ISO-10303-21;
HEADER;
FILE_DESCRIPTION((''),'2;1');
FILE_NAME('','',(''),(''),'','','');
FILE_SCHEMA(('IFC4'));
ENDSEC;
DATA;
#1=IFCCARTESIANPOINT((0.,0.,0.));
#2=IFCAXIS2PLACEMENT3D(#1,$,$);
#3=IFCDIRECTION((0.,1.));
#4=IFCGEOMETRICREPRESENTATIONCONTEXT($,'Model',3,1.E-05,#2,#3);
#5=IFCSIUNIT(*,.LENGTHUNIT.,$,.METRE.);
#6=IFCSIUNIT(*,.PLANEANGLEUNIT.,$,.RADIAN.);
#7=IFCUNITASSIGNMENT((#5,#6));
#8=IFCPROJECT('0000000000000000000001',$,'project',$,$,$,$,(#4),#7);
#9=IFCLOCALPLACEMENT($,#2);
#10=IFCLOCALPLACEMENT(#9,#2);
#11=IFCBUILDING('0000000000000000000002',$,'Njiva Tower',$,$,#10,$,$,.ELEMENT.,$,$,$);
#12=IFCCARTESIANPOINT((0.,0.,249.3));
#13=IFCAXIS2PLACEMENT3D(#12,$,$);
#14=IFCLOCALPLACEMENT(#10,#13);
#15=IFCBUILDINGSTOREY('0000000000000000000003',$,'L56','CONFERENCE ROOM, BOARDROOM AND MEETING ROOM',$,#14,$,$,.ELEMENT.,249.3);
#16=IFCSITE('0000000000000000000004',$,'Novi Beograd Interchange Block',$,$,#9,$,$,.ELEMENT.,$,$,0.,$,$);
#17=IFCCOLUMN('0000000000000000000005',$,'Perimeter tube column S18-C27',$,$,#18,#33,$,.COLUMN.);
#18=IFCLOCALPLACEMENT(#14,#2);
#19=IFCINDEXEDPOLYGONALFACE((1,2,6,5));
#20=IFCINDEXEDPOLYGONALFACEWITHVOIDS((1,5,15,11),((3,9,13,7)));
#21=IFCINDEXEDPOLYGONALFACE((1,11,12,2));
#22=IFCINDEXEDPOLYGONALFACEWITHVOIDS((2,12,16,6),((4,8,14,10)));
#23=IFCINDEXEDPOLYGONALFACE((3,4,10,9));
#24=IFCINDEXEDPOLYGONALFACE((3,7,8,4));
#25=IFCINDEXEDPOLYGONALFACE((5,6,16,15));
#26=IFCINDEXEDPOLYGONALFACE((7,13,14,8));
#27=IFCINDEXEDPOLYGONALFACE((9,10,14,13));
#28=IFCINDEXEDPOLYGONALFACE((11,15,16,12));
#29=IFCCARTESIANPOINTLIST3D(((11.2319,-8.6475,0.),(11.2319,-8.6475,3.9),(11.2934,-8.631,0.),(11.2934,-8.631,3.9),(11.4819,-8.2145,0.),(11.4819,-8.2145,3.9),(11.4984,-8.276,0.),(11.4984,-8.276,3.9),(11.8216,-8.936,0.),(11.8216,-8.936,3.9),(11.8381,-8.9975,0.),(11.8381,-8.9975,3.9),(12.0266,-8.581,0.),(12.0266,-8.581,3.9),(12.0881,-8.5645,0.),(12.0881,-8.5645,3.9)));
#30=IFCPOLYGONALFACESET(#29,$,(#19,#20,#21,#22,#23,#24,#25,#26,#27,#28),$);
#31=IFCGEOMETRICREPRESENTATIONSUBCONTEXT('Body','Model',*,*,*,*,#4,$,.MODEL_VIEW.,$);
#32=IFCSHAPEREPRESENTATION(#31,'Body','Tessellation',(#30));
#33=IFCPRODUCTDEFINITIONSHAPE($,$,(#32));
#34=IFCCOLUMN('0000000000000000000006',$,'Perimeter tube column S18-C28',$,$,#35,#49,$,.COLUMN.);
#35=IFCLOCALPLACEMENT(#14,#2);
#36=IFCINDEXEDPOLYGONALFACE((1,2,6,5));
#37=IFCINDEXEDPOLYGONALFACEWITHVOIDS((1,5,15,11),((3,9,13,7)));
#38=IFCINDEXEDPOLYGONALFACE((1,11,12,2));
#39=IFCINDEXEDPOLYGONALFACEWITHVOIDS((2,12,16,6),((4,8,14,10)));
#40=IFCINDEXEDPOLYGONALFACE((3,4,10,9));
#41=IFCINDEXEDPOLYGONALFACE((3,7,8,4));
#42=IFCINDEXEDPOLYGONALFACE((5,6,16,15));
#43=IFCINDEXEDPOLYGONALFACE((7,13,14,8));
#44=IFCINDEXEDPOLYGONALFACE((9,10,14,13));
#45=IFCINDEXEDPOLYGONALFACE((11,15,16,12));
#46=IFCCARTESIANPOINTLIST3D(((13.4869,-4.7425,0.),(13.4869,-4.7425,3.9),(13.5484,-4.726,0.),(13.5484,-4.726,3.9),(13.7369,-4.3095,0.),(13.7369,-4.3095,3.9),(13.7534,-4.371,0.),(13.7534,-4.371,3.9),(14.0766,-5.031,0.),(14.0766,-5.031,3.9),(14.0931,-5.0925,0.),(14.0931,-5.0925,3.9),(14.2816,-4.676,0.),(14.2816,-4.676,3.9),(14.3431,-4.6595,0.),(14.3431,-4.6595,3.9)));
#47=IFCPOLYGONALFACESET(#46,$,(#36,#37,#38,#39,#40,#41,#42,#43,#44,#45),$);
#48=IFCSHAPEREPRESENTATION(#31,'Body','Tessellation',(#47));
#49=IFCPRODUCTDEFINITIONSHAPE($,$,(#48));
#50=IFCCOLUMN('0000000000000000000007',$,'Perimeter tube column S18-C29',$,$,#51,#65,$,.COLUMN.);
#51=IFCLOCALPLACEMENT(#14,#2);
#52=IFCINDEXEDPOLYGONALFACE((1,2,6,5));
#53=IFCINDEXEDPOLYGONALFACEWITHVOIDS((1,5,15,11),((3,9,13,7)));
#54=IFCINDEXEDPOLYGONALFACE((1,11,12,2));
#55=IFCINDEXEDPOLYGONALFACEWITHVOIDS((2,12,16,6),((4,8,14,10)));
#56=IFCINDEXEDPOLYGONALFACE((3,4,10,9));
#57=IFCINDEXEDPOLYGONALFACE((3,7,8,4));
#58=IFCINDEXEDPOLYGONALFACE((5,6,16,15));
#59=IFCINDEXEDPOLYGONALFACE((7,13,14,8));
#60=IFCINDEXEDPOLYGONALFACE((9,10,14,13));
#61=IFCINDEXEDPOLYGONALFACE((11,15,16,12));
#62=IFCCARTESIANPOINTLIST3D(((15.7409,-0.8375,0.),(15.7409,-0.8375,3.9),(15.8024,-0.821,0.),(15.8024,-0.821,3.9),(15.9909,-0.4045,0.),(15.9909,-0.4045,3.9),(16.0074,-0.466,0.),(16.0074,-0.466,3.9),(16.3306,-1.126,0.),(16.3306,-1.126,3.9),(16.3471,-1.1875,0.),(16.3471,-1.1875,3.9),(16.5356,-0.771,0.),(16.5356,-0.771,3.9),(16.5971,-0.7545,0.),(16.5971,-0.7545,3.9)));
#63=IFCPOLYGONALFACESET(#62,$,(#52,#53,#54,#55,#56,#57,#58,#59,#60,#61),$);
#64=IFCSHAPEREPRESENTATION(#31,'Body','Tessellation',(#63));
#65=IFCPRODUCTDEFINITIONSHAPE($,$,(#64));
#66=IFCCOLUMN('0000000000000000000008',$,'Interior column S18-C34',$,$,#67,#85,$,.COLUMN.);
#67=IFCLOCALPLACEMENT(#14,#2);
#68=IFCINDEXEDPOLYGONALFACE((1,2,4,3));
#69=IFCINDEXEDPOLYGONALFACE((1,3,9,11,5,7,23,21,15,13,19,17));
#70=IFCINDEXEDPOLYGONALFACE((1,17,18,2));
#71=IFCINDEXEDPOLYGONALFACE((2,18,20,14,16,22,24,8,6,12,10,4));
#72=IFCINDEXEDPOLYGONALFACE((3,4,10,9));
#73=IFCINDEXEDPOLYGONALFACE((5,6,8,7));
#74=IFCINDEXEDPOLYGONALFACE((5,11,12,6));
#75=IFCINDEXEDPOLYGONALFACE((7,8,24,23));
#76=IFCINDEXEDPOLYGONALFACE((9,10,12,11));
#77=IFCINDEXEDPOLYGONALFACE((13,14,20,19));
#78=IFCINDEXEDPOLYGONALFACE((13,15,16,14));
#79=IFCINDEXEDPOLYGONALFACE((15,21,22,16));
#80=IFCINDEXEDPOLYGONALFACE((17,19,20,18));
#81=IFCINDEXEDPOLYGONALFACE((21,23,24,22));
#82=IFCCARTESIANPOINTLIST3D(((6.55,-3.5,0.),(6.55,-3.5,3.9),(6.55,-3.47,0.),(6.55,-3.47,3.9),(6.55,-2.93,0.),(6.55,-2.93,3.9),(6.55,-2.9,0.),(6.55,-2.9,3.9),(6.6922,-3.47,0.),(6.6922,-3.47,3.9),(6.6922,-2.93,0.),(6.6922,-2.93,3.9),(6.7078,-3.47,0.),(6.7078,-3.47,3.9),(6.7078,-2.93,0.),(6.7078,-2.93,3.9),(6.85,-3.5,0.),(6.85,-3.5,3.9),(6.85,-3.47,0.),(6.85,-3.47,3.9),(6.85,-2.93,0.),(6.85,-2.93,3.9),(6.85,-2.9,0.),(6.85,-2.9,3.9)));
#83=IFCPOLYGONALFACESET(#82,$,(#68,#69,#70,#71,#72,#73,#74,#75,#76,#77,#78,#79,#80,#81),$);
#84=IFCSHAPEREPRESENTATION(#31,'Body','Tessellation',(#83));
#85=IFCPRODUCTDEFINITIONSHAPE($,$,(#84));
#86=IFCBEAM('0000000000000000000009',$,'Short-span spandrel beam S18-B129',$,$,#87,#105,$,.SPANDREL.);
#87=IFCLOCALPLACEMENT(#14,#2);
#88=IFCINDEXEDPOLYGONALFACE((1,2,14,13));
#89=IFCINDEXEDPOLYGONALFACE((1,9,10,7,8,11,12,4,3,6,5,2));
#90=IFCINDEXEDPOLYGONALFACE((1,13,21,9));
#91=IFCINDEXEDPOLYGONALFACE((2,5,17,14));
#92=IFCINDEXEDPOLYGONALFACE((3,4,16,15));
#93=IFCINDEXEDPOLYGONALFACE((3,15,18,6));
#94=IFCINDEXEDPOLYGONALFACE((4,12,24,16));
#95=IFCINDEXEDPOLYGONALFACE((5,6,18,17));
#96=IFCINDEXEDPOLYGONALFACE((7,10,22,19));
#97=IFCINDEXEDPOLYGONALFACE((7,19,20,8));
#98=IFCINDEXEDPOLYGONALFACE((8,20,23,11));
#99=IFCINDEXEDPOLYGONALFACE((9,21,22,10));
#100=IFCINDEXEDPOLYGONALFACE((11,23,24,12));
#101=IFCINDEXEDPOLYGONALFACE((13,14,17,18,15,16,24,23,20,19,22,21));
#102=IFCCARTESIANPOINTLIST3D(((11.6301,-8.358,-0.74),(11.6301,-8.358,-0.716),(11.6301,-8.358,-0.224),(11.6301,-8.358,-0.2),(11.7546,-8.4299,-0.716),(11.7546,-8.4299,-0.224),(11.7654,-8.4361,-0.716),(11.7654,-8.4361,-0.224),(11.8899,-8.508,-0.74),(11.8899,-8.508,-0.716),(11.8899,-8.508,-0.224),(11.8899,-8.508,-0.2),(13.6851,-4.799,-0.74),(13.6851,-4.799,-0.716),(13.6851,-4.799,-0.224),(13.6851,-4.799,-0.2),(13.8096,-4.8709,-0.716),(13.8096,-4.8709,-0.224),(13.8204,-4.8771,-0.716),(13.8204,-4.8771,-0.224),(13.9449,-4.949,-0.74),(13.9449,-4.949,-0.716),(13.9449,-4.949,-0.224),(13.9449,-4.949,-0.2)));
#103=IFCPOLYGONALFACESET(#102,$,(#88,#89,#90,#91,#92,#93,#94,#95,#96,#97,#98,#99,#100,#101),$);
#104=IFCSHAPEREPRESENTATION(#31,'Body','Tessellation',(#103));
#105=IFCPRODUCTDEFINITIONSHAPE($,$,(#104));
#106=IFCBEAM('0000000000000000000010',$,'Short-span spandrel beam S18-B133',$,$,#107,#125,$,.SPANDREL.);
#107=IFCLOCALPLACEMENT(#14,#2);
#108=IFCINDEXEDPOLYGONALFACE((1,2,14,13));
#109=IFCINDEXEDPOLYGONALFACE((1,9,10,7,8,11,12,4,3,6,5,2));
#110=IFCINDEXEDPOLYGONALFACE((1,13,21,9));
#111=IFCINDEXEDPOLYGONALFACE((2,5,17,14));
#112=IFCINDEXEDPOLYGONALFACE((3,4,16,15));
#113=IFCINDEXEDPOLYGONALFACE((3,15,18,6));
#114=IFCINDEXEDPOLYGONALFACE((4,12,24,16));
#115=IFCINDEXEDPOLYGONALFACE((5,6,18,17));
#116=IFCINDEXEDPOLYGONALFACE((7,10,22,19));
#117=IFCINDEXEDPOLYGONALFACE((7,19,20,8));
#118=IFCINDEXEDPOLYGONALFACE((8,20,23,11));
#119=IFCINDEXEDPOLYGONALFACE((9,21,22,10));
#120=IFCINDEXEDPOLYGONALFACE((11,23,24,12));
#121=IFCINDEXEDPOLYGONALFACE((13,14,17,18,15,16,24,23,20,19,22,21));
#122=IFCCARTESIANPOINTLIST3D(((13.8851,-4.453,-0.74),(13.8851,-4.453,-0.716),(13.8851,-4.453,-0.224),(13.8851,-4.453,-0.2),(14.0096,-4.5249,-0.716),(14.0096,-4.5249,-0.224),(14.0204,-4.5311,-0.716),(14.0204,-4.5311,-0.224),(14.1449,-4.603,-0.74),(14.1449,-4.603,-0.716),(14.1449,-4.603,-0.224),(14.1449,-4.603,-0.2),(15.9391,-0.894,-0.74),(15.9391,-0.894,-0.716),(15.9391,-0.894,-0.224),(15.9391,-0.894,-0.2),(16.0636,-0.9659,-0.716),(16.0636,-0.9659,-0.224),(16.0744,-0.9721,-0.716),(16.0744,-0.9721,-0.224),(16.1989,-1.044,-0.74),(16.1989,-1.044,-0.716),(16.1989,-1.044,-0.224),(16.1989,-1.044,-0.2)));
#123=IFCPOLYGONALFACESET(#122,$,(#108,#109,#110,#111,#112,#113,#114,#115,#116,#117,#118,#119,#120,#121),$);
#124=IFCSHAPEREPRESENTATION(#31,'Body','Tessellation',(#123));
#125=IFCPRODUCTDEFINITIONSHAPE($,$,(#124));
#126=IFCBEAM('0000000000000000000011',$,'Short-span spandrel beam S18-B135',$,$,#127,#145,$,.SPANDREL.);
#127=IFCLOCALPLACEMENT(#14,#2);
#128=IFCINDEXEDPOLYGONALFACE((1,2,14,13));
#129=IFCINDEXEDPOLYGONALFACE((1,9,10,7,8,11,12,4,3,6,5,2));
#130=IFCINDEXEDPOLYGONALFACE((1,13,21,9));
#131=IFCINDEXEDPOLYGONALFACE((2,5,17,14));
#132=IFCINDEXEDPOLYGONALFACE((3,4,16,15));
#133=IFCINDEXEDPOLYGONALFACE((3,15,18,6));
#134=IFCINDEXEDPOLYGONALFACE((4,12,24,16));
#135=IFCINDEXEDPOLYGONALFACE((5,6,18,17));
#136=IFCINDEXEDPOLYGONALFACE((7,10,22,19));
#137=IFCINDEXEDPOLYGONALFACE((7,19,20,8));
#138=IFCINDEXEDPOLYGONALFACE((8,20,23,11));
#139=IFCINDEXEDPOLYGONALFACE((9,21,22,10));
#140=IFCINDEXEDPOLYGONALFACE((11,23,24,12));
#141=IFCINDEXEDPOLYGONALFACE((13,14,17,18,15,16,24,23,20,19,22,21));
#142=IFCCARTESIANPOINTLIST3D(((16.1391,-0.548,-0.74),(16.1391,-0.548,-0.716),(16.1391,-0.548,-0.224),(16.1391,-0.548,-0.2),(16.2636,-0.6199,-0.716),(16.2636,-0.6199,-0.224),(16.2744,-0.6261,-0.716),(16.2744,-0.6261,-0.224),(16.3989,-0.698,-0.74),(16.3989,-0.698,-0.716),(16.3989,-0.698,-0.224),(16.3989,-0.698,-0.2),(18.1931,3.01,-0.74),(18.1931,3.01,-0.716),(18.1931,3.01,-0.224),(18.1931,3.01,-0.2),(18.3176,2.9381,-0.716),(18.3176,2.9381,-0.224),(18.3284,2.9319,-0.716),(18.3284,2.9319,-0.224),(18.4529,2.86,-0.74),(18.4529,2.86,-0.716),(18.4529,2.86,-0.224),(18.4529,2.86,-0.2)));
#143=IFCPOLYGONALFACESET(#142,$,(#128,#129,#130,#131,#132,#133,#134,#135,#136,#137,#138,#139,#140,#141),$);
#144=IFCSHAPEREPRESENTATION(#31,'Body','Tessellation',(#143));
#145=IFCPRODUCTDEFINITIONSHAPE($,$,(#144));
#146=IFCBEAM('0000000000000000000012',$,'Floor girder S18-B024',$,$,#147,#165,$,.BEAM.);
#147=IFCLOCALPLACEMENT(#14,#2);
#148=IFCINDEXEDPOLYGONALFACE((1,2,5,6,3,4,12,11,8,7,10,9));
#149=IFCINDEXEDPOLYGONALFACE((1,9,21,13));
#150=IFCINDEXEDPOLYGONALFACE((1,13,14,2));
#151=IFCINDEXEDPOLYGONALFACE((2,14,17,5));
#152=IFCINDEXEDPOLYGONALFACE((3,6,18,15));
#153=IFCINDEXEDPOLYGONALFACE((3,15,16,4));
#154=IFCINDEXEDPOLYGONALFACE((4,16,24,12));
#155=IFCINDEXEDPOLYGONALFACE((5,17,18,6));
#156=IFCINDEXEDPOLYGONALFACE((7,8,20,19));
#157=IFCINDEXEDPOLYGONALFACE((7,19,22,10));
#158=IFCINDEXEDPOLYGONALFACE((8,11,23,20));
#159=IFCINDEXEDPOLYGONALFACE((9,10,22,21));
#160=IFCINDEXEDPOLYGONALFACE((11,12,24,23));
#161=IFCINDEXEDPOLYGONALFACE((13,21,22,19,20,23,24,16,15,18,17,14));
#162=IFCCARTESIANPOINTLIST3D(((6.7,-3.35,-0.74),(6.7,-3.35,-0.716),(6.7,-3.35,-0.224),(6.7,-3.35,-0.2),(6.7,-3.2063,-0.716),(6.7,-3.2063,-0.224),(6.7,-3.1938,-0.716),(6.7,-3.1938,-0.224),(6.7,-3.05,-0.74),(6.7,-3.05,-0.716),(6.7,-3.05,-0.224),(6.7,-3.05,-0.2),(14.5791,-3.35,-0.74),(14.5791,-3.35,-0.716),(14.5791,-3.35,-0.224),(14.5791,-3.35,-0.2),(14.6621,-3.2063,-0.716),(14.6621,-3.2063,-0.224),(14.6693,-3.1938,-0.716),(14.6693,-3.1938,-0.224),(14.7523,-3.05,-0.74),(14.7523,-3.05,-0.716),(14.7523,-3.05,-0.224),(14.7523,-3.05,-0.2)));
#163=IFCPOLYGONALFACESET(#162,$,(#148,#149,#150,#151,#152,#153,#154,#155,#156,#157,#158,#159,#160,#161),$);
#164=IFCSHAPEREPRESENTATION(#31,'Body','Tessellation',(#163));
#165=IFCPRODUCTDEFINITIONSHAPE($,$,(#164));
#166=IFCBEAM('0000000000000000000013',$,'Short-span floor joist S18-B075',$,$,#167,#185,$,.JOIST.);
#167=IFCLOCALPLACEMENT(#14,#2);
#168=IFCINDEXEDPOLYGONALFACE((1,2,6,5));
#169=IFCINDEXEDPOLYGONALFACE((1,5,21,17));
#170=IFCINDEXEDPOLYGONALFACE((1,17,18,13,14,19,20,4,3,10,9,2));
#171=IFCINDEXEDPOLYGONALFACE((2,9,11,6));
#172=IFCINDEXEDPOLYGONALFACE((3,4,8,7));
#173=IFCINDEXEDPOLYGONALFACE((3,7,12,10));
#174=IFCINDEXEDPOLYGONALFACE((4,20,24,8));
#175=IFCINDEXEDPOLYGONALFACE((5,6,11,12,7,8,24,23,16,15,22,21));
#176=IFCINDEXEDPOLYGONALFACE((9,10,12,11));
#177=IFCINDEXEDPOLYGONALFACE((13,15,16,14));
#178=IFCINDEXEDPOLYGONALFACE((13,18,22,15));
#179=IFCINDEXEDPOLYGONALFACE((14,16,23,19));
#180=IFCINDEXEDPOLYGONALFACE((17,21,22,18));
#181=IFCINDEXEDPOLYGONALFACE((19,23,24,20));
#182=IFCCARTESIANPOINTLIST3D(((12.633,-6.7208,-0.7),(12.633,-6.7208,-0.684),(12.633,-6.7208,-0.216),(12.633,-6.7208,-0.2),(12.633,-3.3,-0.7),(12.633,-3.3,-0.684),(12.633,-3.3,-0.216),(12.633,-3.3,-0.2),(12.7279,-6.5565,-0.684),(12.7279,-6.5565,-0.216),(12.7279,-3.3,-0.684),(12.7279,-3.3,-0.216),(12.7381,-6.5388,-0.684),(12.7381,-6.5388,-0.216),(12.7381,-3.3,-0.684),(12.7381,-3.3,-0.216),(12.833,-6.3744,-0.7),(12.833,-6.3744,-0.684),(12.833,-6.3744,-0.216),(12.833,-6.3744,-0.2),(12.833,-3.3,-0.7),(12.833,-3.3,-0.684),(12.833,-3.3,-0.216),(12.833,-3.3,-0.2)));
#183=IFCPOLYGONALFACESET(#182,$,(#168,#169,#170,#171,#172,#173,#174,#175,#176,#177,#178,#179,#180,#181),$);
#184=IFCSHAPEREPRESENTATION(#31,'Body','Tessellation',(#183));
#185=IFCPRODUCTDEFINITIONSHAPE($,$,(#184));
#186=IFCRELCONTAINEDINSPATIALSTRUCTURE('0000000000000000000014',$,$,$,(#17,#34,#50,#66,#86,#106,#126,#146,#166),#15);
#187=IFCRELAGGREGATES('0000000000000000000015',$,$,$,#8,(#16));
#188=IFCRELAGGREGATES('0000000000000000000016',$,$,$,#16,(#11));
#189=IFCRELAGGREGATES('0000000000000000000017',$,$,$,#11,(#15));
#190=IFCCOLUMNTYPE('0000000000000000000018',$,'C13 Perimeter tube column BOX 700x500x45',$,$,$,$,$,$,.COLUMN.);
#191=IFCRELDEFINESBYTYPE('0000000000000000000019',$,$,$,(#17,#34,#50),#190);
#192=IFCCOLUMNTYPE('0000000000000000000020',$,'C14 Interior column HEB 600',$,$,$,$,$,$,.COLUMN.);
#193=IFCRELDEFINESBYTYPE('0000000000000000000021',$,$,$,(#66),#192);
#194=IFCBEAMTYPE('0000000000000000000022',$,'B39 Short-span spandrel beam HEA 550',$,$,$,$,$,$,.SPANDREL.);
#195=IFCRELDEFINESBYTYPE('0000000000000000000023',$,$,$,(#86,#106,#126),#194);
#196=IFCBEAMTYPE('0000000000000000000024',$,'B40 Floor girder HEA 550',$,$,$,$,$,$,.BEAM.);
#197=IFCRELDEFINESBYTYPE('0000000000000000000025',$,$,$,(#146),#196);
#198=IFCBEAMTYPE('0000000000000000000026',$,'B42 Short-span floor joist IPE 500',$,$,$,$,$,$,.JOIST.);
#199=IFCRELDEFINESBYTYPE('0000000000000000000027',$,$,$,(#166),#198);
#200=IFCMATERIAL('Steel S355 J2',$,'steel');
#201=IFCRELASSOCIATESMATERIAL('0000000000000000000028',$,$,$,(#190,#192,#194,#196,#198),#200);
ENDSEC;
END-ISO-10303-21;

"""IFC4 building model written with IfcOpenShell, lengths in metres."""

from ifc_helpers import new_model, si_unit, direction, frame, origin, origin_2d, place, context, subcontext, project, spatial, hollow_rectangle, i_section, extrude, clip, halfspace, material, material_profile, profile_set, type_object, element, save


model = new_model("IFC4")

# Units and contexts
model_context = context("Model", 3, precision=1e-05, world=origin(), true_north=direction((0.0, 1.0)))
body_context = subcontext(model_context, "Body", "Model", "MODEL_VIEW")
ifc_project = project(units=[si_unit("LENGTHUNIT", "METRE"), si_unit("PLANEANGLEUNIT", "RADIAN")], contexts=[model_context])

# Site, building, storey
site_placement = place(None, origin())
site = spatial("IfcSite", under=ifc_project, at=site_placement, Name="Novi Beograd Interchange Block", CompositionType="ELEMENT", RefElevation=0.0)
building_placement = place(site_placement, origin())
building = spatial("IfcBuilding", under=site, at=building_placement, Name="Njiva Tower", CompositionType="ELEMENT")
storey_placement = place(building_placement, frame((0.0, 0.0, 249.3)))
storey = spatial("IfcBuildingStorey", under=building, at=storey_placement, Name="L56", Description="CONFERENCE ROOM, BOARDROOM AND MEETING ROOM", CompositionType="ELEMENT", Elevation=249.3)

# Columns
ifc_material_1 = material(Name="Steel S355 J2", Category="steel")
ifc_material_profile_1 = material_profile(ifc_material_1, hollow_rectangle(XDim=0.5, YDim=0.7, WallThickness=0.045, at=origin_2d()), Name="BOX 700x500x45")
ifc_profile_set_1 = profile_set([ifc_material_profile_1], Name="Steel S355 J2")
column_type_1 = type_object("IfcColumnType", Name="C13 Perimeter tube column BOX 700x500x45", PredefinedType="COLUMN", material=ifc_profile_set_1)
for number, where, z_axis, x_axis, name in (
    (1, (11.66, -8.606, 0.0), (0.0, 0.0, 1.0), (0.5, 0.866025, 0.0), "Perimeter tube column S18-C27"),
    (2, (13.915, -4.701, 0.0), (0.0, 0.0, 1.0), (0.5, 0.866025, 0.0), "Perimeter tube column S18-C28"),
    (3, (16.169, -0.796, 0.0), (0.0, 0.0, 1.0), (0.5, 0.866025, 0.0), "Perimeter tube column S18-C29"),
):
    element("IfcColumn", number, at=place(storey_placement, frame(where, z_axis=z_axis, x_axis=x_axis)), inside=storey, type_object=column_type_1, Name=name, PredefinedType="COLUMN", context=body_context, shape_type="SweptSolid", body=[
        extrude(hollow_rectangle(XDim=0.5, YDim=0.7, WallThickness=0.045, at=origin_2d()), origin(), (0.0, 0.0, 1.0), 3.9),
    ])
ifc_material_profile_2 = material_profile(ifc_material_1, i_section(OverallWidth=0.3, OverallDepth=0.6, WebThickness=0.0155, FlangeThickness=0.03, at=origin_2d()), Name="HEB 600")
ifc_profile_set_2 = profile_set([ifc_material_profile_2], Name="Steel S355 J2")
column_type_2 = type_object("IfcColumnType", Name="C14 Interior column HEB 600", PredefinedType="COLUMN", material=ifc_profile_set_2)
column_placement = place(storey_placement, frame((6.7, -3.2, 0.0), z_axis=(0.0, 0.0, 1.0), x_axis=(1.0, 0.0, 0.0)))
element("IfcColumn", 4, at=column_placement, inside=storey, type_object=column_type_2, Name="Interior column S18-C34", PredefinedType="COLUMN", context=body_context, shape_type="SweptSolid", body=[
    extrude(i_section(OverallWidth=0.3, OverallDepth=0.6, WebThickness=0.0155, FlangeThickness=0.03, at=origin_2d()), origin(), (0.0, 0.0, 1.0), 3.9),
])

# Beams
ifc_material_profile_3 = material_profile(ifc_material_1, i_section(OverallWidth=0.3, OverallDepth=0.54, WebThickness=0.0125, FlangeThickness=0.024, at=origin_2d()), Name="HEA 550")
ifc_profile_set_3 = profile_set([ifc_material_profile_3], Name="Steel S355 J2")
beam_type_1 = type_object("IfcBeamType", Name="B39 Short-span spandrel beam HEA 550", PredefinedType="SPANDREL", material=ifc_profile_set_3)
beam_1_placement = place(storey_placement, frame((11.76, -8.433, -0.47), z_axis=(0.500038, 0.866003, 0.0), x_axis=(-0.866003, 0.500038, 0.0)))
element("IfcBeam", 5, at=beam_1_placement, inside=storey, type_object=beam_type_1, Name="Short-span spandrel beam S18-B129", PredefinedType="SPANDREL", context=body_context, shape_type="SweptSolid", body=[
    extrude(i_section(OverallWidth=0.3, OverallDepth=0.54, WebThickness=0.0125, FlangeThickness=0.024, at=origin_2d()), origin(), (0.0, 0.0, 1.0), 4.1097),
])
beam_2_placement = place(storey_placement, frame((14.015, -4.528, -0.47), z_axis=(0.499856, 0.866109, 0.0), x_axis=(-0.866109, 0.499856, 0.0)))
element("IfcBeam", 6, at=beam_2_placement, inside=storey, type_object=beam_type_1, Name="Short-span spandrel beam S18-B133", PredefinedType="SPANDREL", context=body_context, shape_type="SweptSolid", body=[
    extrude(i_section(OverallWidth=0.3, OverallDepth=0.54, WebThickness=0.0125, FlangeThickness=0.024, at=origin_2d()), origin(), (0.0, 0.0, 1.0), 4.1092),
])
beam_3_placement = place(storey_placement, frame((16.269, -0.623, -0.47), z_axis=(0.499961, 0.866048, 0.0), x_axis=(-0.866048, 0.499961, 0.0)))
element("IfcBeam", 7, at=beam_3_placement, inside=storey, type_object=beam_type_1, Name="Short-span spandrel beam S18-B135", PredefinedType="SPANDREL", context=body_context, shape_type="SweptSolid", body=[
    extrude(i_section(OverallWidth=0.3, OverallDepth=0.54, WebThickness=0.0125, FlangeThickness=0.024, at=origin_2d()), origin(), (0.0, 0.0, 1.0), 4.1083),
])
ifc_material_profile_4 = material_profile(ifc_material_1, i_section(OverallWidth=0.3, OverallDepth=0.54, WebThickness=0.0125, FlangeThickness=0.024, at=origin_2d()), Name="HEA 550")
ifc_profile_set_4 = profile_set([ifc_material_profile_4], Name="Steel S355 J2")
beam_type_2 = type_object("IfcBeamType", Name="B40 Floor girder HEA 550", PredefinedType="BEAM", material=ifc_profile_set_4)
beam_4_placement = place(storey_placement, frame((6.7, -3.2, -0.47), z_axis=(1.0, 0.0, 0.0), x_axis=(0.0, 1.0, 0.0)))
element("IfcBeam", 8, at=beam_4_placement, inside=storey, type_object=beam_type_2, Name="Floor girder S18-B024", PredefinedType="BEAM", context=body_context, shape_type="Clipping", body=[
    clip(extrude(i_section(OverallWidth=0.3, OverallDepth=0.54, WebThickness=0.0125, FlangeThickness=0.024, at=origin_2d()), origin(), (0.0, 0.0, 1.0), 8.073), halfspace(frame((-0.025, 0.0, 7.9513), z_axis=(-0.499998, 0.0, 0.866027), x_axis=(0.0, 1.0, 0.0)), False)),
])
ifc_material_profile_5 = material_profile(ifc_material_1, i_section(OverallWidth=0.2, OverallDepth=0.5, WebThickness=0.0102, FlangeThickness=0.016, at=origin_2d()), Name="IPE 500")
ifc_profile_set_5 = profile_set([ifc_material_profile_5], Name="Steel S355 J2")
beam_type_3 = type_object("IfcBeamType", Name="B42 Short-span floor joist IPE 500", PredefinedType="JOIST", material=ifc_profile_set_5)
beam_5_placement = place(storey_placement, frame((12.733, -3.3, -0.45), z_axis=(0.0, -1.0, 0.0), x_axis=(1.0, 0.0, 0.0)))
element("IfcBeam", 9, at=beam_5_placement, inside=storey, type_object=beam_type_3, Name="Short-span floor joist S18-B075", PredefinedType="JOIST", context=body_context, shape_type="Clipping", body=[
    clip(extrude(i_section(OverallWidth=0.2, OverallDepth=0.5, WebThickness=0.0102, FlangeThickness=0.016, at=origin_2d()), origin(), (0.0, 0.0, 1.0), 3.44), halfspace(frame((0.0436, 0.0, 3.1721), z_axis=(0.866027, 0.0, 0.499998), x_axis=(0.0, 1.0, 0.0)), False)),
])

save(model, "model.ifc")
